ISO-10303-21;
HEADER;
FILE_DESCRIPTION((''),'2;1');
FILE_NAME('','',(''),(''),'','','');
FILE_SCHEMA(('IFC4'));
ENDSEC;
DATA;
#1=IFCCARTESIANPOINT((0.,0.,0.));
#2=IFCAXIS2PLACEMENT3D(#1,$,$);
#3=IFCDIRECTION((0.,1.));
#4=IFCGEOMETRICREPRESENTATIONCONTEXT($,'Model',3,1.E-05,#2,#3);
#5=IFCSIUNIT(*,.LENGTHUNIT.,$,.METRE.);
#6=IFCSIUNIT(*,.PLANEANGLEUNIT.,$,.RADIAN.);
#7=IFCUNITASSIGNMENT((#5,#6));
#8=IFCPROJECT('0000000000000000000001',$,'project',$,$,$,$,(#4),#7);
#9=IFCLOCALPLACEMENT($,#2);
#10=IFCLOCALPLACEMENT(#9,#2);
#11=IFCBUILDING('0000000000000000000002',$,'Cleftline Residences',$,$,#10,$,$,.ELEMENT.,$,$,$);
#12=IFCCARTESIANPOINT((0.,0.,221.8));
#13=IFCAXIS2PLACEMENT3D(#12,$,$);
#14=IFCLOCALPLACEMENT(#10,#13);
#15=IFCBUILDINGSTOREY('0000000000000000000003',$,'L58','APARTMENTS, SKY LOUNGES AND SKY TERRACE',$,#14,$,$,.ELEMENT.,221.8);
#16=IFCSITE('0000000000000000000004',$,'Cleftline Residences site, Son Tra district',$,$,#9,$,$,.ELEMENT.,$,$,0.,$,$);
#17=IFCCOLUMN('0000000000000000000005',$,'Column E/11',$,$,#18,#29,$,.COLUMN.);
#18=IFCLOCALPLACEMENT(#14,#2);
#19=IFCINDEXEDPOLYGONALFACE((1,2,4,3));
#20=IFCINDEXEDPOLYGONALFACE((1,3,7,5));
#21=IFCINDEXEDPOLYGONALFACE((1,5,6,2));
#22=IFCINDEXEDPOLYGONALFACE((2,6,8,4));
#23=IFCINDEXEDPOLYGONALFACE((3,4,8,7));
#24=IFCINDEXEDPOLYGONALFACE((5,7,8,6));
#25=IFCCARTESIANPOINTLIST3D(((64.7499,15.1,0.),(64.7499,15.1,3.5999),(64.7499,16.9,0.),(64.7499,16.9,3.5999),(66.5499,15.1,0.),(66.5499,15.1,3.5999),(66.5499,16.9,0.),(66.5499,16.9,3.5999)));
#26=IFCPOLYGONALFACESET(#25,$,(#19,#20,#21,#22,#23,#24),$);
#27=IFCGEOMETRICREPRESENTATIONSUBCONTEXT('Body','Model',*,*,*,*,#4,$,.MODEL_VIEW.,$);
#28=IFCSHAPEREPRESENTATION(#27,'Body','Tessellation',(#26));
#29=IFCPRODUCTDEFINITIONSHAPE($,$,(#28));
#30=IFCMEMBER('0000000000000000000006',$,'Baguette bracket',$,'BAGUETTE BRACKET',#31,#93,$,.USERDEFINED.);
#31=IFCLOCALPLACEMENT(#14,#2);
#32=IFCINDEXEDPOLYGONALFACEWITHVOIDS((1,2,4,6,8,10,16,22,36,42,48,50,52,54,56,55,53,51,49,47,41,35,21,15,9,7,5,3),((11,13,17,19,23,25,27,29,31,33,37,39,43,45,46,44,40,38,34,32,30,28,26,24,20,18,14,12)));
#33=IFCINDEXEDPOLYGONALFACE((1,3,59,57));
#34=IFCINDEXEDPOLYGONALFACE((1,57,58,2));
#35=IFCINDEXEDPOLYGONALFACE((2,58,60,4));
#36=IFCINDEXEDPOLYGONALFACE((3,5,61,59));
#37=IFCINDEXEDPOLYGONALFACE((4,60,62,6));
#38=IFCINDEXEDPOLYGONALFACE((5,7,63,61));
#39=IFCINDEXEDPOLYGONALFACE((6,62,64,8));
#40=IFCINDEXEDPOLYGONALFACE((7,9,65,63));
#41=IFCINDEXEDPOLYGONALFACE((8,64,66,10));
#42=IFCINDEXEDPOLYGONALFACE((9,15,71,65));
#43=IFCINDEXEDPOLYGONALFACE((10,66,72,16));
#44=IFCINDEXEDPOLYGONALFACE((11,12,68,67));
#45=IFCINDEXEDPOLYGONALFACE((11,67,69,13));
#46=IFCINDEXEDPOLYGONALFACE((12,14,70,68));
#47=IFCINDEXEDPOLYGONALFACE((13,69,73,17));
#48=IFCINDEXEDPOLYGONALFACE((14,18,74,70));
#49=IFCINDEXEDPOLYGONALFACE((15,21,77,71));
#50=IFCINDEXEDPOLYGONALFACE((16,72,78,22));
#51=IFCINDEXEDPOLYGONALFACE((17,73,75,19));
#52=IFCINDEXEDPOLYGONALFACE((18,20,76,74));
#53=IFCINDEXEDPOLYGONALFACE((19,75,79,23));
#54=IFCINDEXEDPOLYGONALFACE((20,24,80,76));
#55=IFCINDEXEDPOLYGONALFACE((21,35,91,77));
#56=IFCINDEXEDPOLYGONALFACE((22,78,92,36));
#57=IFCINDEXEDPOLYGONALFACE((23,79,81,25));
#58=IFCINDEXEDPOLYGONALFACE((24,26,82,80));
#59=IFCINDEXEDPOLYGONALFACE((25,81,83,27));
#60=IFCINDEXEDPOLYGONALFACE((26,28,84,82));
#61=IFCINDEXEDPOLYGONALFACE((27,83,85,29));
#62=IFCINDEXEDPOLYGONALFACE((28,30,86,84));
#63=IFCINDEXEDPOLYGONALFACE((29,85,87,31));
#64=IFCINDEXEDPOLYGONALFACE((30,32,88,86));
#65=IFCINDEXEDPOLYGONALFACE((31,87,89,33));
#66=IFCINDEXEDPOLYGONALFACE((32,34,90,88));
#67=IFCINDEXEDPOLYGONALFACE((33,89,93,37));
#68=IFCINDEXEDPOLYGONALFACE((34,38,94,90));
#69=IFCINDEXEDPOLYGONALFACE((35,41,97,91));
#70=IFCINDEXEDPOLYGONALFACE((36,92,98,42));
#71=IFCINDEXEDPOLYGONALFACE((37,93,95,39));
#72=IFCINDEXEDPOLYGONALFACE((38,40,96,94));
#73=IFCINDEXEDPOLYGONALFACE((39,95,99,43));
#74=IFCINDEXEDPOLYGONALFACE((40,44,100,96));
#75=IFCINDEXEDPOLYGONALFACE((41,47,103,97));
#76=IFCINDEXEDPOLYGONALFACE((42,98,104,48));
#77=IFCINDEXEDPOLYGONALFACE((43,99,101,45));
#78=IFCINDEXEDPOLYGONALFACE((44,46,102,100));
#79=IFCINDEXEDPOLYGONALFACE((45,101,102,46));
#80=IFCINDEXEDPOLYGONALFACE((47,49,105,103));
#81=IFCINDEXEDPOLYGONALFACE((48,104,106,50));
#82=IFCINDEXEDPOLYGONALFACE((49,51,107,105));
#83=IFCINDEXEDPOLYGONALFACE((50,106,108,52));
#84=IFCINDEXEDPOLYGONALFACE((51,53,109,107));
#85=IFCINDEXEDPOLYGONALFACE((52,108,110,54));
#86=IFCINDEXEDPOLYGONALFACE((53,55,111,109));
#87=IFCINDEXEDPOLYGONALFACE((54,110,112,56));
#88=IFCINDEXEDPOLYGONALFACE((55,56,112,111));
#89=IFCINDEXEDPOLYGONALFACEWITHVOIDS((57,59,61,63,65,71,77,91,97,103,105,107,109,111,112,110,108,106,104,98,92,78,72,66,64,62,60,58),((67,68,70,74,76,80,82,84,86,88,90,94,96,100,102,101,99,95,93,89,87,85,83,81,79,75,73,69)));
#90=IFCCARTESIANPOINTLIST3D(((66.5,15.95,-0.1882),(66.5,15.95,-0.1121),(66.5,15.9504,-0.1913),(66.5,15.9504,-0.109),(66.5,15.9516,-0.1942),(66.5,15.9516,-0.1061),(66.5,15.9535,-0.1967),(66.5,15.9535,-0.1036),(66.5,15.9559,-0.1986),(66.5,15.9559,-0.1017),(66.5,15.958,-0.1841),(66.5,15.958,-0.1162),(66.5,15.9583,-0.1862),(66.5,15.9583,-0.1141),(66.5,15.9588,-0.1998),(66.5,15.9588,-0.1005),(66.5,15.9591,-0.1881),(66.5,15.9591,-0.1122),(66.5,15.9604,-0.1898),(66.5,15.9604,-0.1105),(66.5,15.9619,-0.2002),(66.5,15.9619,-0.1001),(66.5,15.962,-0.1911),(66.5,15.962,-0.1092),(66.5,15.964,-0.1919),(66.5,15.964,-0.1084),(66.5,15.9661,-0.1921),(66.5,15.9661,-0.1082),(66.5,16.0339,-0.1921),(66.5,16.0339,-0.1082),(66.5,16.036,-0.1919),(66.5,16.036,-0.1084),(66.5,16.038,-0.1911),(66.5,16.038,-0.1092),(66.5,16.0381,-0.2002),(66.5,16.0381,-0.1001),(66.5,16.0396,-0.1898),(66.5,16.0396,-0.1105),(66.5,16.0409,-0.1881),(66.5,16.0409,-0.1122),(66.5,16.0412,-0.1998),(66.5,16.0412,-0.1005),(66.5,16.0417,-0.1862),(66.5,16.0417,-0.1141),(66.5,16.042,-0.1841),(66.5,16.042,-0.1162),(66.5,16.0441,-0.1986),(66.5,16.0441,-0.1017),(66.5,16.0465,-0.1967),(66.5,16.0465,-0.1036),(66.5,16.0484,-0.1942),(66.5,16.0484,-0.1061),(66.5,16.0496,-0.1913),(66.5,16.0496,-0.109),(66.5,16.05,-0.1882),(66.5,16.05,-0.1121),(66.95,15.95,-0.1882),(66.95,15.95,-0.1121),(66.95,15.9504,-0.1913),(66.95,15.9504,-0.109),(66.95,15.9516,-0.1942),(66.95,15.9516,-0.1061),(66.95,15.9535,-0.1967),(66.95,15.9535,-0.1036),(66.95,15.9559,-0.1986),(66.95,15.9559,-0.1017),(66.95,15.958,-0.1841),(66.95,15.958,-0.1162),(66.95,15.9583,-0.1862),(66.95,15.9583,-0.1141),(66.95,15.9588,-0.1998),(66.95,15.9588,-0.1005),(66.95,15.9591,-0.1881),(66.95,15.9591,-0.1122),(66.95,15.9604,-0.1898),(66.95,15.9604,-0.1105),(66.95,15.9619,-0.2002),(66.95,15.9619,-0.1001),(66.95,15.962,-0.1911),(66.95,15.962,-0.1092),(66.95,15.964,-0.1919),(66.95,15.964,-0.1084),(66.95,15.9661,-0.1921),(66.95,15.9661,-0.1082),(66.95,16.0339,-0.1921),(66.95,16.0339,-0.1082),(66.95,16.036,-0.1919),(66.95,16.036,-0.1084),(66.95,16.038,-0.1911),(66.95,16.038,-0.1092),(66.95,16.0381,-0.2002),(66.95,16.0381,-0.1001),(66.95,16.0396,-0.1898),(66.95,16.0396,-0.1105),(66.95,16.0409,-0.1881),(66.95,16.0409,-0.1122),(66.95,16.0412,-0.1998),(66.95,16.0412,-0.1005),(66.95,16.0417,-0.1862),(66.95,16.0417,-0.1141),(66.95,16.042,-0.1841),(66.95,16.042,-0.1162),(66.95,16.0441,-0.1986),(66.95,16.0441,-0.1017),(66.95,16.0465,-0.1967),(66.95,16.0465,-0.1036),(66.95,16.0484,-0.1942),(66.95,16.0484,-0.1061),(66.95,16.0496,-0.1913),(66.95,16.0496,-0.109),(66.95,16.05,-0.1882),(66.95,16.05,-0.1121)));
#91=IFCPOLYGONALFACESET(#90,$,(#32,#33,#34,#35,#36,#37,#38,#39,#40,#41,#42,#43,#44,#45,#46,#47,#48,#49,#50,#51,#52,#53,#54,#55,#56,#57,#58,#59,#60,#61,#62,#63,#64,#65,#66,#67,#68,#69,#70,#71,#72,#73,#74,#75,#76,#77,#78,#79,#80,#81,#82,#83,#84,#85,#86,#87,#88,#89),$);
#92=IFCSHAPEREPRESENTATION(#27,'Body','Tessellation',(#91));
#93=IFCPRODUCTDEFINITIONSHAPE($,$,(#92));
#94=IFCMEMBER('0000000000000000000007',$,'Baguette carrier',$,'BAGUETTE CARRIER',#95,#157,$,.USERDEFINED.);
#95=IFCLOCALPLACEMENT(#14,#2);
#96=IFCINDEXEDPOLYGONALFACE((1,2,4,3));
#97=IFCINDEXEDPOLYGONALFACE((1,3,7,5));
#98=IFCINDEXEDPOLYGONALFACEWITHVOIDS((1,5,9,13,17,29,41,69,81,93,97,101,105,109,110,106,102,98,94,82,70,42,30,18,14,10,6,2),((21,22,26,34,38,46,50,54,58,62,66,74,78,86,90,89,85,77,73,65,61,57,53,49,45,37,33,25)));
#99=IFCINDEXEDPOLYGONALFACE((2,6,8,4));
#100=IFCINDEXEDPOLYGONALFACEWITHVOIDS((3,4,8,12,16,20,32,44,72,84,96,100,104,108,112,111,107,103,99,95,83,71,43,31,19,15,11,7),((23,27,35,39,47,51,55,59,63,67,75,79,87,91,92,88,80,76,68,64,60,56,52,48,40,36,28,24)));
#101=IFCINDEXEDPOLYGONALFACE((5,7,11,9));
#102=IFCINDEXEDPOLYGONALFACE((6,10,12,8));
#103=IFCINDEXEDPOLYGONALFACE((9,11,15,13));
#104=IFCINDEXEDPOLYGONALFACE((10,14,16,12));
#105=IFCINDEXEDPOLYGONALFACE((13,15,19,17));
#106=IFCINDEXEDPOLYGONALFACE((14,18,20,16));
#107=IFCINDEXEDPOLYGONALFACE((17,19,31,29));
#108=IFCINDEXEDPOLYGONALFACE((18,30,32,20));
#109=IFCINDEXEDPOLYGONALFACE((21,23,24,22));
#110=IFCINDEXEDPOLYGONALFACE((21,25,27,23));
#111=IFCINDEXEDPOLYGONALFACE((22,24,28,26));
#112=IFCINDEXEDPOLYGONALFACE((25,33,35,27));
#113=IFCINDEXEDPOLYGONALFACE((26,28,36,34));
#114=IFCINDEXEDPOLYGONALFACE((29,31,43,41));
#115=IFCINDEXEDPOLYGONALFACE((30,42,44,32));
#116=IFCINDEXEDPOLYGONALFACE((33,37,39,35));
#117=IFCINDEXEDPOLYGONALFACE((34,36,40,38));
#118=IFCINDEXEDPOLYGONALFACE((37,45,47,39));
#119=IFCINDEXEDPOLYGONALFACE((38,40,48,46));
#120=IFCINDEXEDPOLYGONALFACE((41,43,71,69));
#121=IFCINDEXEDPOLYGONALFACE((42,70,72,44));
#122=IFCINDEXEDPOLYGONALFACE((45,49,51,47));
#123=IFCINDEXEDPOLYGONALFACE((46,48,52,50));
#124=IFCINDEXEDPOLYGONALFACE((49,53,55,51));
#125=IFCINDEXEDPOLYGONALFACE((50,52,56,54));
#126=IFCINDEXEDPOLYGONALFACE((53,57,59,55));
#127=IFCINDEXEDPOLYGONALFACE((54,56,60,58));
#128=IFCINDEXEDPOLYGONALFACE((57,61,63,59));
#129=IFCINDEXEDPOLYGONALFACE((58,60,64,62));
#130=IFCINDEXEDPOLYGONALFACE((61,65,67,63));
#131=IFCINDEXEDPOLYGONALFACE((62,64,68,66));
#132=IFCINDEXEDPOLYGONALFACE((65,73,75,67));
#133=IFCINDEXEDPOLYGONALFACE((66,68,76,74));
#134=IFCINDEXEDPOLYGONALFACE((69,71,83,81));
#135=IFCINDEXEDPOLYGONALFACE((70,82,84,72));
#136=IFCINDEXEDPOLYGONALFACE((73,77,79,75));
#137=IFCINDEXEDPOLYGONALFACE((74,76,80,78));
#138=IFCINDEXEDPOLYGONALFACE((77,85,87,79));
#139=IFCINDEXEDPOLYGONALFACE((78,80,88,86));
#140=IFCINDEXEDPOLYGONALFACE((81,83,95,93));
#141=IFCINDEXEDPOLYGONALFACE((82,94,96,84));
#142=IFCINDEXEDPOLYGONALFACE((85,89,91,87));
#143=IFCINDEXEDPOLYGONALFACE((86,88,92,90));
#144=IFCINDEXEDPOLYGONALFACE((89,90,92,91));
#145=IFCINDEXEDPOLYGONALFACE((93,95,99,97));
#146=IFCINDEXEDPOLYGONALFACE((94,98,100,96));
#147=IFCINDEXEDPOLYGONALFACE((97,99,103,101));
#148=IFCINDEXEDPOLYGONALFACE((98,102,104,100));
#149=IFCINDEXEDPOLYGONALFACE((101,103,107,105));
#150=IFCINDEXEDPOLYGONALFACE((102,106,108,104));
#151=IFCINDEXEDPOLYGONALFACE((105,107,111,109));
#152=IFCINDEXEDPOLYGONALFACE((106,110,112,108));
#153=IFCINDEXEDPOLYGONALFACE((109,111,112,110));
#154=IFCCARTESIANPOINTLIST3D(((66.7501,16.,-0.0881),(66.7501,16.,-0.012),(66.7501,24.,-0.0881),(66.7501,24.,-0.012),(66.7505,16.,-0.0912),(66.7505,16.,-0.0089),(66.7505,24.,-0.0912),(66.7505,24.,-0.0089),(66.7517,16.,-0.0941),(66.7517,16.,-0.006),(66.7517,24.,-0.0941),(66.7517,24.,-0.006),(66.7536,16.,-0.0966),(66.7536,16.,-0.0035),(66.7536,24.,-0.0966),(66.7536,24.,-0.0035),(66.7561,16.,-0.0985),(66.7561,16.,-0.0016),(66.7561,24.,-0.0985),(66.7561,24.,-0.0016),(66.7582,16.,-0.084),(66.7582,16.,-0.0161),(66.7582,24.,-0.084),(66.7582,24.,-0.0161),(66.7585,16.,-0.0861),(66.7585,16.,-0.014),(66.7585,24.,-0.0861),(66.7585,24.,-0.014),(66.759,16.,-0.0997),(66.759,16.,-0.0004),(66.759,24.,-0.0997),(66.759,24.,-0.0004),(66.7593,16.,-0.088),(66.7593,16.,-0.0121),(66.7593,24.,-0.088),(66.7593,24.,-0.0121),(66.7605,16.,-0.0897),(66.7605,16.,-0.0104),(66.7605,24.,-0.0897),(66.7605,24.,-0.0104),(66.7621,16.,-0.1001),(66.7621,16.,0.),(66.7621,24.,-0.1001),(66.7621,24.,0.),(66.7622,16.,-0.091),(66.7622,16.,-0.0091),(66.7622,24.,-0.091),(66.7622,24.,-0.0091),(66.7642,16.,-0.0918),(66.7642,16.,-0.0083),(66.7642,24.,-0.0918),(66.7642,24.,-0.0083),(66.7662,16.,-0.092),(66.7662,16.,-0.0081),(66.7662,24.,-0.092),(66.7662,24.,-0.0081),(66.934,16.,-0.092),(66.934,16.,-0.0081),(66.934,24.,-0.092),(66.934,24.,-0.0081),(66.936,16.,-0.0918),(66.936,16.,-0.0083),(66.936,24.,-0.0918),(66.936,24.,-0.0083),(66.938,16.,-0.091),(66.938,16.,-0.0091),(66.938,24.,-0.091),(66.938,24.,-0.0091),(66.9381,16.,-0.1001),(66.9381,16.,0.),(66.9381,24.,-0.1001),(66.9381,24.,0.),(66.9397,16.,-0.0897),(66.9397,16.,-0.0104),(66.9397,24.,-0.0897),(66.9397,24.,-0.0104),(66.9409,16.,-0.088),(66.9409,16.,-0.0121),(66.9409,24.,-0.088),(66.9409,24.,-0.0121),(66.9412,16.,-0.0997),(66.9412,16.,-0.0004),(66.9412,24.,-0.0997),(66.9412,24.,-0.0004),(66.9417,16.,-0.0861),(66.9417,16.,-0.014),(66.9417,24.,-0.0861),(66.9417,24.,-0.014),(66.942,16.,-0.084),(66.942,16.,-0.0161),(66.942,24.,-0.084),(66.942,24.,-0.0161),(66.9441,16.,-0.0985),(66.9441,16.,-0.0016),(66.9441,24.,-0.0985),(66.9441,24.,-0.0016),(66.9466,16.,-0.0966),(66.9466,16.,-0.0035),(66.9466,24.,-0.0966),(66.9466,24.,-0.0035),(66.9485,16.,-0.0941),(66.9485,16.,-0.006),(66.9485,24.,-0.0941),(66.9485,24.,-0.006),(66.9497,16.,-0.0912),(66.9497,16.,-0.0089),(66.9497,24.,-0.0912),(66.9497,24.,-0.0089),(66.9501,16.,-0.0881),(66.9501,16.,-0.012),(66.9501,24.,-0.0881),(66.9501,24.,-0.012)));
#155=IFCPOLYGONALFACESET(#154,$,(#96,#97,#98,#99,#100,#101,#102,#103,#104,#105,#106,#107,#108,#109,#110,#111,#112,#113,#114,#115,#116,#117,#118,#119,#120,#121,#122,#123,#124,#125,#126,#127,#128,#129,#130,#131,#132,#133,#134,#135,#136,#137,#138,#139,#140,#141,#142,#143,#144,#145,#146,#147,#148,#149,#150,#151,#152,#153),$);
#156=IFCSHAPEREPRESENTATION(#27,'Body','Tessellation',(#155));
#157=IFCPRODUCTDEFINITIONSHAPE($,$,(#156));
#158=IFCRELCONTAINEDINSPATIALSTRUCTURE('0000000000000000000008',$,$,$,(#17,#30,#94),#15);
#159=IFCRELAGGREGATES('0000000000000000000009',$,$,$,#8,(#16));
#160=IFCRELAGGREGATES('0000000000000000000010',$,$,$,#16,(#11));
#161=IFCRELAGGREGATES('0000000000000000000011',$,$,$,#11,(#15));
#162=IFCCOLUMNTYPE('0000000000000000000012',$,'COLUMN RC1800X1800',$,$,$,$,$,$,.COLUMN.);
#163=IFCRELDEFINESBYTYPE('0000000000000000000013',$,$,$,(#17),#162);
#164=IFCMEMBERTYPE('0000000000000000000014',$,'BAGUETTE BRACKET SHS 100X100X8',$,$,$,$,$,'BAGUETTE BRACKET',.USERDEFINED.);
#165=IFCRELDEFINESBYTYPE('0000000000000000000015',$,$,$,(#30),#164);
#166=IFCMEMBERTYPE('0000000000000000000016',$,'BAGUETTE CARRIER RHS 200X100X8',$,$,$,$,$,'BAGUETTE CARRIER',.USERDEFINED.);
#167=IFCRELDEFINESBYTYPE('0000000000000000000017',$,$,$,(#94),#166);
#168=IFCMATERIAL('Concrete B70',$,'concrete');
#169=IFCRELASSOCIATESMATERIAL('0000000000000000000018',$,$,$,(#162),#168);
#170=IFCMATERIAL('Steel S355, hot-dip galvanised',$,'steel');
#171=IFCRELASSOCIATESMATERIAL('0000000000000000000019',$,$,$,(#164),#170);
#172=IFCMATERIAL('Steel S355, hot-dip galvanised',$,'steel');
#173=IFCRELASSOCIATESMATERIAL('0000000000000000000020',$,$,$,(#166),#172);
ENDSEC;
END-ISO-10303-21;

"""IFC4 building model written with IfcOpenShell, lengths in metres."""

from ifc_helpers import new_model, si_unit, direction, frame, origin, origin_2d, place, context, subcontext, project, spatial, rectangle, hollow_rectangle, extrude, material, material_profile, profile_set, type_object, element, save


model = new_model("IFC4")

# Units and contexts
model_context = context("Model", 3, precision=1e-05, world=origin(), true_north=direction((0.0, 1.0)))
body_context = subcontext(model_context, "Body", "Model", "MODEL_VIEW")
ifc_project = project(units=[si_unit("LENGTHUNIT", "METRE"), si_unit("PLANEANGLEUNIT", "RADIAN")], contexts=[model_context])

# Site, building, storey
site_placement = place(None, origin())
site = spatial("IfcSite", under=ifc_project, at=site_placement, Name="Cleftline Residences site, Son Tra district", CompositionType="ELEMENT", RefElevation=0.0)
building_placement = place(site_placement, origin())
building = spatial("IfcBuilding", under=site, at=building_placement, Name="Cleftline Residences", CompositionType="ELEMENT")
storey_placement = place(building_placement, frame((0.0, 0.0, 221.8)))
storey = spatial("IfcBuildingStorey", under=building, at=storey_placement, Name="L58", Description="APARTMENTS, SKY LOUNGES AND SKY TERRACE", CompositionType="ELEMENT", Elevation=221.8)

# Column
ifc_material_1 = material(Name="Concrete B70", Category="concrete")
ifc_material_profile_1 = material_profile(ifc_material_1, rectangle(XDim=1.8, YDim=1.8, at=origin_2d()))
ifc_profile_set_1 = profile_set([ifc_material_profile_1], Name="Concrete B70")
column_type = type_object("IfcColumnType", Name="COLUMN RC1800X1800", PredefinedType="COLUMN", material=ifc_profile_set_1)
column_placement = place(storey_placement, frame((65.6499, 16.0, 0.0), z_axis=(0.0, 0.0, 1.0), x_axis=(1.0, 0.0, 0.0)))
element("IfcColumn", 1, at=column_placement, inside=storey, type_object=column_type, Name="Column E/11", PredefinedType="COLUMN", context=body_context, shape_type="SweptSolid", body=[
    extrude(rectangle(XDim=1.8, YDim=1.8, at=origin_2d()), origin(), (0.0, 0.0, 1.0), 3.5999),
])

# Members
ifc_material_2 = material(Name="Steel S355, hot-dip galvanised", Category="steel")
ifc_material_profile_2 = material_profile(ifc_material_2, hollow_rectangle(XDim=0.1001, YDim=0.1001, WallThickness=0.0081, InnerFilletRadius=0.0081, OuterFilletRadius=0.012, at=origin_2d()))
ifc_profile_set_2 = profile_set([ifc_material_profile_2], Name="Steel S355, hot-dip galvanised")
member_type_1 = type_object("IfcMemberType", Name="BAGUETTE BRACKET SHS 100X100X8", ElementType="BAGUETTE BRACKET", PredefinedType="USERDEFINED", material=ifc_profile_set_2)
member_1_placement = place(storey_placement, frame((66.5, 16.0, -0.1501), z_axis=(1.0, 0.0, 0.0), x_axis=(0.0, 1.0, 0.0)))
element("IfcMember", 2, at=member_1_placement, inside=storey, type_object=member_type_1, Name="Baguette bracket", ObjectType="BAGUETTE BRACKET", PredefinedType="USERDEFINED", context=body_context, shape_type="SweptSolid", body=[
    extrude(hollow_rectangle(XDim=0.1001, YDim=0.1001, WallThickness=0.0081, InnerFilletRadius=0.0081, OuterFilletRadius=0.012, at=origin_2d()), origin(), (0.0, 0.0, 1.0), 0.45),
])
ifc_material_3 = material(Name="Steel S355, hot-dip galvanised", Category="steel")
ifc_material_profile_3 = material_profile(ifc_material_3, hollow_rectangle(XDim=0.1001, YDim=0.2, WallThickness=0.0081, InnerFilletRadius=0.0081, OuterFilletRadius=0.012, at=origin_2d()))
ifc_profile_set_3 = profile_set([ifc_material_profile_3], Name="Steel S355, hot-dip galvanised")
member_type_2 = type_object("IfcMemberType", Name="BAGUETTE CARRIER RHS 200X100X8", ElementType="BAGUETTE CARRIER", PredefinedType="USERDEFINED", material=ifc_profile_set_3)
member_2_placement = place(storey_placement, frame((66.8501, 16.0, -0.05), z_axis=(0.0, 1.0, 0.0), x_axis=(0.0, 0.0, 1.0)))
element("IfcMember", 3, at=member_2_placement, inside=storey, type_object=member_type_2, Name="Baguette carrier", ObjectType="BAGUETTE CARRIER", PredefinedType="USERDEFINED", context=body_context, shape_type="SweptSolid", body=[
    extrude(hollow_rectangle(XDim=0.1001, YDim=0.2, WallThickness=0.0081, InnerFilletRadius=0.0081, OuterFilletRadius=0.012, at=origin_2d()), origin(), (0.0, 0.0, 1.0), 8.0),
])

save(model, "model.ifc")
